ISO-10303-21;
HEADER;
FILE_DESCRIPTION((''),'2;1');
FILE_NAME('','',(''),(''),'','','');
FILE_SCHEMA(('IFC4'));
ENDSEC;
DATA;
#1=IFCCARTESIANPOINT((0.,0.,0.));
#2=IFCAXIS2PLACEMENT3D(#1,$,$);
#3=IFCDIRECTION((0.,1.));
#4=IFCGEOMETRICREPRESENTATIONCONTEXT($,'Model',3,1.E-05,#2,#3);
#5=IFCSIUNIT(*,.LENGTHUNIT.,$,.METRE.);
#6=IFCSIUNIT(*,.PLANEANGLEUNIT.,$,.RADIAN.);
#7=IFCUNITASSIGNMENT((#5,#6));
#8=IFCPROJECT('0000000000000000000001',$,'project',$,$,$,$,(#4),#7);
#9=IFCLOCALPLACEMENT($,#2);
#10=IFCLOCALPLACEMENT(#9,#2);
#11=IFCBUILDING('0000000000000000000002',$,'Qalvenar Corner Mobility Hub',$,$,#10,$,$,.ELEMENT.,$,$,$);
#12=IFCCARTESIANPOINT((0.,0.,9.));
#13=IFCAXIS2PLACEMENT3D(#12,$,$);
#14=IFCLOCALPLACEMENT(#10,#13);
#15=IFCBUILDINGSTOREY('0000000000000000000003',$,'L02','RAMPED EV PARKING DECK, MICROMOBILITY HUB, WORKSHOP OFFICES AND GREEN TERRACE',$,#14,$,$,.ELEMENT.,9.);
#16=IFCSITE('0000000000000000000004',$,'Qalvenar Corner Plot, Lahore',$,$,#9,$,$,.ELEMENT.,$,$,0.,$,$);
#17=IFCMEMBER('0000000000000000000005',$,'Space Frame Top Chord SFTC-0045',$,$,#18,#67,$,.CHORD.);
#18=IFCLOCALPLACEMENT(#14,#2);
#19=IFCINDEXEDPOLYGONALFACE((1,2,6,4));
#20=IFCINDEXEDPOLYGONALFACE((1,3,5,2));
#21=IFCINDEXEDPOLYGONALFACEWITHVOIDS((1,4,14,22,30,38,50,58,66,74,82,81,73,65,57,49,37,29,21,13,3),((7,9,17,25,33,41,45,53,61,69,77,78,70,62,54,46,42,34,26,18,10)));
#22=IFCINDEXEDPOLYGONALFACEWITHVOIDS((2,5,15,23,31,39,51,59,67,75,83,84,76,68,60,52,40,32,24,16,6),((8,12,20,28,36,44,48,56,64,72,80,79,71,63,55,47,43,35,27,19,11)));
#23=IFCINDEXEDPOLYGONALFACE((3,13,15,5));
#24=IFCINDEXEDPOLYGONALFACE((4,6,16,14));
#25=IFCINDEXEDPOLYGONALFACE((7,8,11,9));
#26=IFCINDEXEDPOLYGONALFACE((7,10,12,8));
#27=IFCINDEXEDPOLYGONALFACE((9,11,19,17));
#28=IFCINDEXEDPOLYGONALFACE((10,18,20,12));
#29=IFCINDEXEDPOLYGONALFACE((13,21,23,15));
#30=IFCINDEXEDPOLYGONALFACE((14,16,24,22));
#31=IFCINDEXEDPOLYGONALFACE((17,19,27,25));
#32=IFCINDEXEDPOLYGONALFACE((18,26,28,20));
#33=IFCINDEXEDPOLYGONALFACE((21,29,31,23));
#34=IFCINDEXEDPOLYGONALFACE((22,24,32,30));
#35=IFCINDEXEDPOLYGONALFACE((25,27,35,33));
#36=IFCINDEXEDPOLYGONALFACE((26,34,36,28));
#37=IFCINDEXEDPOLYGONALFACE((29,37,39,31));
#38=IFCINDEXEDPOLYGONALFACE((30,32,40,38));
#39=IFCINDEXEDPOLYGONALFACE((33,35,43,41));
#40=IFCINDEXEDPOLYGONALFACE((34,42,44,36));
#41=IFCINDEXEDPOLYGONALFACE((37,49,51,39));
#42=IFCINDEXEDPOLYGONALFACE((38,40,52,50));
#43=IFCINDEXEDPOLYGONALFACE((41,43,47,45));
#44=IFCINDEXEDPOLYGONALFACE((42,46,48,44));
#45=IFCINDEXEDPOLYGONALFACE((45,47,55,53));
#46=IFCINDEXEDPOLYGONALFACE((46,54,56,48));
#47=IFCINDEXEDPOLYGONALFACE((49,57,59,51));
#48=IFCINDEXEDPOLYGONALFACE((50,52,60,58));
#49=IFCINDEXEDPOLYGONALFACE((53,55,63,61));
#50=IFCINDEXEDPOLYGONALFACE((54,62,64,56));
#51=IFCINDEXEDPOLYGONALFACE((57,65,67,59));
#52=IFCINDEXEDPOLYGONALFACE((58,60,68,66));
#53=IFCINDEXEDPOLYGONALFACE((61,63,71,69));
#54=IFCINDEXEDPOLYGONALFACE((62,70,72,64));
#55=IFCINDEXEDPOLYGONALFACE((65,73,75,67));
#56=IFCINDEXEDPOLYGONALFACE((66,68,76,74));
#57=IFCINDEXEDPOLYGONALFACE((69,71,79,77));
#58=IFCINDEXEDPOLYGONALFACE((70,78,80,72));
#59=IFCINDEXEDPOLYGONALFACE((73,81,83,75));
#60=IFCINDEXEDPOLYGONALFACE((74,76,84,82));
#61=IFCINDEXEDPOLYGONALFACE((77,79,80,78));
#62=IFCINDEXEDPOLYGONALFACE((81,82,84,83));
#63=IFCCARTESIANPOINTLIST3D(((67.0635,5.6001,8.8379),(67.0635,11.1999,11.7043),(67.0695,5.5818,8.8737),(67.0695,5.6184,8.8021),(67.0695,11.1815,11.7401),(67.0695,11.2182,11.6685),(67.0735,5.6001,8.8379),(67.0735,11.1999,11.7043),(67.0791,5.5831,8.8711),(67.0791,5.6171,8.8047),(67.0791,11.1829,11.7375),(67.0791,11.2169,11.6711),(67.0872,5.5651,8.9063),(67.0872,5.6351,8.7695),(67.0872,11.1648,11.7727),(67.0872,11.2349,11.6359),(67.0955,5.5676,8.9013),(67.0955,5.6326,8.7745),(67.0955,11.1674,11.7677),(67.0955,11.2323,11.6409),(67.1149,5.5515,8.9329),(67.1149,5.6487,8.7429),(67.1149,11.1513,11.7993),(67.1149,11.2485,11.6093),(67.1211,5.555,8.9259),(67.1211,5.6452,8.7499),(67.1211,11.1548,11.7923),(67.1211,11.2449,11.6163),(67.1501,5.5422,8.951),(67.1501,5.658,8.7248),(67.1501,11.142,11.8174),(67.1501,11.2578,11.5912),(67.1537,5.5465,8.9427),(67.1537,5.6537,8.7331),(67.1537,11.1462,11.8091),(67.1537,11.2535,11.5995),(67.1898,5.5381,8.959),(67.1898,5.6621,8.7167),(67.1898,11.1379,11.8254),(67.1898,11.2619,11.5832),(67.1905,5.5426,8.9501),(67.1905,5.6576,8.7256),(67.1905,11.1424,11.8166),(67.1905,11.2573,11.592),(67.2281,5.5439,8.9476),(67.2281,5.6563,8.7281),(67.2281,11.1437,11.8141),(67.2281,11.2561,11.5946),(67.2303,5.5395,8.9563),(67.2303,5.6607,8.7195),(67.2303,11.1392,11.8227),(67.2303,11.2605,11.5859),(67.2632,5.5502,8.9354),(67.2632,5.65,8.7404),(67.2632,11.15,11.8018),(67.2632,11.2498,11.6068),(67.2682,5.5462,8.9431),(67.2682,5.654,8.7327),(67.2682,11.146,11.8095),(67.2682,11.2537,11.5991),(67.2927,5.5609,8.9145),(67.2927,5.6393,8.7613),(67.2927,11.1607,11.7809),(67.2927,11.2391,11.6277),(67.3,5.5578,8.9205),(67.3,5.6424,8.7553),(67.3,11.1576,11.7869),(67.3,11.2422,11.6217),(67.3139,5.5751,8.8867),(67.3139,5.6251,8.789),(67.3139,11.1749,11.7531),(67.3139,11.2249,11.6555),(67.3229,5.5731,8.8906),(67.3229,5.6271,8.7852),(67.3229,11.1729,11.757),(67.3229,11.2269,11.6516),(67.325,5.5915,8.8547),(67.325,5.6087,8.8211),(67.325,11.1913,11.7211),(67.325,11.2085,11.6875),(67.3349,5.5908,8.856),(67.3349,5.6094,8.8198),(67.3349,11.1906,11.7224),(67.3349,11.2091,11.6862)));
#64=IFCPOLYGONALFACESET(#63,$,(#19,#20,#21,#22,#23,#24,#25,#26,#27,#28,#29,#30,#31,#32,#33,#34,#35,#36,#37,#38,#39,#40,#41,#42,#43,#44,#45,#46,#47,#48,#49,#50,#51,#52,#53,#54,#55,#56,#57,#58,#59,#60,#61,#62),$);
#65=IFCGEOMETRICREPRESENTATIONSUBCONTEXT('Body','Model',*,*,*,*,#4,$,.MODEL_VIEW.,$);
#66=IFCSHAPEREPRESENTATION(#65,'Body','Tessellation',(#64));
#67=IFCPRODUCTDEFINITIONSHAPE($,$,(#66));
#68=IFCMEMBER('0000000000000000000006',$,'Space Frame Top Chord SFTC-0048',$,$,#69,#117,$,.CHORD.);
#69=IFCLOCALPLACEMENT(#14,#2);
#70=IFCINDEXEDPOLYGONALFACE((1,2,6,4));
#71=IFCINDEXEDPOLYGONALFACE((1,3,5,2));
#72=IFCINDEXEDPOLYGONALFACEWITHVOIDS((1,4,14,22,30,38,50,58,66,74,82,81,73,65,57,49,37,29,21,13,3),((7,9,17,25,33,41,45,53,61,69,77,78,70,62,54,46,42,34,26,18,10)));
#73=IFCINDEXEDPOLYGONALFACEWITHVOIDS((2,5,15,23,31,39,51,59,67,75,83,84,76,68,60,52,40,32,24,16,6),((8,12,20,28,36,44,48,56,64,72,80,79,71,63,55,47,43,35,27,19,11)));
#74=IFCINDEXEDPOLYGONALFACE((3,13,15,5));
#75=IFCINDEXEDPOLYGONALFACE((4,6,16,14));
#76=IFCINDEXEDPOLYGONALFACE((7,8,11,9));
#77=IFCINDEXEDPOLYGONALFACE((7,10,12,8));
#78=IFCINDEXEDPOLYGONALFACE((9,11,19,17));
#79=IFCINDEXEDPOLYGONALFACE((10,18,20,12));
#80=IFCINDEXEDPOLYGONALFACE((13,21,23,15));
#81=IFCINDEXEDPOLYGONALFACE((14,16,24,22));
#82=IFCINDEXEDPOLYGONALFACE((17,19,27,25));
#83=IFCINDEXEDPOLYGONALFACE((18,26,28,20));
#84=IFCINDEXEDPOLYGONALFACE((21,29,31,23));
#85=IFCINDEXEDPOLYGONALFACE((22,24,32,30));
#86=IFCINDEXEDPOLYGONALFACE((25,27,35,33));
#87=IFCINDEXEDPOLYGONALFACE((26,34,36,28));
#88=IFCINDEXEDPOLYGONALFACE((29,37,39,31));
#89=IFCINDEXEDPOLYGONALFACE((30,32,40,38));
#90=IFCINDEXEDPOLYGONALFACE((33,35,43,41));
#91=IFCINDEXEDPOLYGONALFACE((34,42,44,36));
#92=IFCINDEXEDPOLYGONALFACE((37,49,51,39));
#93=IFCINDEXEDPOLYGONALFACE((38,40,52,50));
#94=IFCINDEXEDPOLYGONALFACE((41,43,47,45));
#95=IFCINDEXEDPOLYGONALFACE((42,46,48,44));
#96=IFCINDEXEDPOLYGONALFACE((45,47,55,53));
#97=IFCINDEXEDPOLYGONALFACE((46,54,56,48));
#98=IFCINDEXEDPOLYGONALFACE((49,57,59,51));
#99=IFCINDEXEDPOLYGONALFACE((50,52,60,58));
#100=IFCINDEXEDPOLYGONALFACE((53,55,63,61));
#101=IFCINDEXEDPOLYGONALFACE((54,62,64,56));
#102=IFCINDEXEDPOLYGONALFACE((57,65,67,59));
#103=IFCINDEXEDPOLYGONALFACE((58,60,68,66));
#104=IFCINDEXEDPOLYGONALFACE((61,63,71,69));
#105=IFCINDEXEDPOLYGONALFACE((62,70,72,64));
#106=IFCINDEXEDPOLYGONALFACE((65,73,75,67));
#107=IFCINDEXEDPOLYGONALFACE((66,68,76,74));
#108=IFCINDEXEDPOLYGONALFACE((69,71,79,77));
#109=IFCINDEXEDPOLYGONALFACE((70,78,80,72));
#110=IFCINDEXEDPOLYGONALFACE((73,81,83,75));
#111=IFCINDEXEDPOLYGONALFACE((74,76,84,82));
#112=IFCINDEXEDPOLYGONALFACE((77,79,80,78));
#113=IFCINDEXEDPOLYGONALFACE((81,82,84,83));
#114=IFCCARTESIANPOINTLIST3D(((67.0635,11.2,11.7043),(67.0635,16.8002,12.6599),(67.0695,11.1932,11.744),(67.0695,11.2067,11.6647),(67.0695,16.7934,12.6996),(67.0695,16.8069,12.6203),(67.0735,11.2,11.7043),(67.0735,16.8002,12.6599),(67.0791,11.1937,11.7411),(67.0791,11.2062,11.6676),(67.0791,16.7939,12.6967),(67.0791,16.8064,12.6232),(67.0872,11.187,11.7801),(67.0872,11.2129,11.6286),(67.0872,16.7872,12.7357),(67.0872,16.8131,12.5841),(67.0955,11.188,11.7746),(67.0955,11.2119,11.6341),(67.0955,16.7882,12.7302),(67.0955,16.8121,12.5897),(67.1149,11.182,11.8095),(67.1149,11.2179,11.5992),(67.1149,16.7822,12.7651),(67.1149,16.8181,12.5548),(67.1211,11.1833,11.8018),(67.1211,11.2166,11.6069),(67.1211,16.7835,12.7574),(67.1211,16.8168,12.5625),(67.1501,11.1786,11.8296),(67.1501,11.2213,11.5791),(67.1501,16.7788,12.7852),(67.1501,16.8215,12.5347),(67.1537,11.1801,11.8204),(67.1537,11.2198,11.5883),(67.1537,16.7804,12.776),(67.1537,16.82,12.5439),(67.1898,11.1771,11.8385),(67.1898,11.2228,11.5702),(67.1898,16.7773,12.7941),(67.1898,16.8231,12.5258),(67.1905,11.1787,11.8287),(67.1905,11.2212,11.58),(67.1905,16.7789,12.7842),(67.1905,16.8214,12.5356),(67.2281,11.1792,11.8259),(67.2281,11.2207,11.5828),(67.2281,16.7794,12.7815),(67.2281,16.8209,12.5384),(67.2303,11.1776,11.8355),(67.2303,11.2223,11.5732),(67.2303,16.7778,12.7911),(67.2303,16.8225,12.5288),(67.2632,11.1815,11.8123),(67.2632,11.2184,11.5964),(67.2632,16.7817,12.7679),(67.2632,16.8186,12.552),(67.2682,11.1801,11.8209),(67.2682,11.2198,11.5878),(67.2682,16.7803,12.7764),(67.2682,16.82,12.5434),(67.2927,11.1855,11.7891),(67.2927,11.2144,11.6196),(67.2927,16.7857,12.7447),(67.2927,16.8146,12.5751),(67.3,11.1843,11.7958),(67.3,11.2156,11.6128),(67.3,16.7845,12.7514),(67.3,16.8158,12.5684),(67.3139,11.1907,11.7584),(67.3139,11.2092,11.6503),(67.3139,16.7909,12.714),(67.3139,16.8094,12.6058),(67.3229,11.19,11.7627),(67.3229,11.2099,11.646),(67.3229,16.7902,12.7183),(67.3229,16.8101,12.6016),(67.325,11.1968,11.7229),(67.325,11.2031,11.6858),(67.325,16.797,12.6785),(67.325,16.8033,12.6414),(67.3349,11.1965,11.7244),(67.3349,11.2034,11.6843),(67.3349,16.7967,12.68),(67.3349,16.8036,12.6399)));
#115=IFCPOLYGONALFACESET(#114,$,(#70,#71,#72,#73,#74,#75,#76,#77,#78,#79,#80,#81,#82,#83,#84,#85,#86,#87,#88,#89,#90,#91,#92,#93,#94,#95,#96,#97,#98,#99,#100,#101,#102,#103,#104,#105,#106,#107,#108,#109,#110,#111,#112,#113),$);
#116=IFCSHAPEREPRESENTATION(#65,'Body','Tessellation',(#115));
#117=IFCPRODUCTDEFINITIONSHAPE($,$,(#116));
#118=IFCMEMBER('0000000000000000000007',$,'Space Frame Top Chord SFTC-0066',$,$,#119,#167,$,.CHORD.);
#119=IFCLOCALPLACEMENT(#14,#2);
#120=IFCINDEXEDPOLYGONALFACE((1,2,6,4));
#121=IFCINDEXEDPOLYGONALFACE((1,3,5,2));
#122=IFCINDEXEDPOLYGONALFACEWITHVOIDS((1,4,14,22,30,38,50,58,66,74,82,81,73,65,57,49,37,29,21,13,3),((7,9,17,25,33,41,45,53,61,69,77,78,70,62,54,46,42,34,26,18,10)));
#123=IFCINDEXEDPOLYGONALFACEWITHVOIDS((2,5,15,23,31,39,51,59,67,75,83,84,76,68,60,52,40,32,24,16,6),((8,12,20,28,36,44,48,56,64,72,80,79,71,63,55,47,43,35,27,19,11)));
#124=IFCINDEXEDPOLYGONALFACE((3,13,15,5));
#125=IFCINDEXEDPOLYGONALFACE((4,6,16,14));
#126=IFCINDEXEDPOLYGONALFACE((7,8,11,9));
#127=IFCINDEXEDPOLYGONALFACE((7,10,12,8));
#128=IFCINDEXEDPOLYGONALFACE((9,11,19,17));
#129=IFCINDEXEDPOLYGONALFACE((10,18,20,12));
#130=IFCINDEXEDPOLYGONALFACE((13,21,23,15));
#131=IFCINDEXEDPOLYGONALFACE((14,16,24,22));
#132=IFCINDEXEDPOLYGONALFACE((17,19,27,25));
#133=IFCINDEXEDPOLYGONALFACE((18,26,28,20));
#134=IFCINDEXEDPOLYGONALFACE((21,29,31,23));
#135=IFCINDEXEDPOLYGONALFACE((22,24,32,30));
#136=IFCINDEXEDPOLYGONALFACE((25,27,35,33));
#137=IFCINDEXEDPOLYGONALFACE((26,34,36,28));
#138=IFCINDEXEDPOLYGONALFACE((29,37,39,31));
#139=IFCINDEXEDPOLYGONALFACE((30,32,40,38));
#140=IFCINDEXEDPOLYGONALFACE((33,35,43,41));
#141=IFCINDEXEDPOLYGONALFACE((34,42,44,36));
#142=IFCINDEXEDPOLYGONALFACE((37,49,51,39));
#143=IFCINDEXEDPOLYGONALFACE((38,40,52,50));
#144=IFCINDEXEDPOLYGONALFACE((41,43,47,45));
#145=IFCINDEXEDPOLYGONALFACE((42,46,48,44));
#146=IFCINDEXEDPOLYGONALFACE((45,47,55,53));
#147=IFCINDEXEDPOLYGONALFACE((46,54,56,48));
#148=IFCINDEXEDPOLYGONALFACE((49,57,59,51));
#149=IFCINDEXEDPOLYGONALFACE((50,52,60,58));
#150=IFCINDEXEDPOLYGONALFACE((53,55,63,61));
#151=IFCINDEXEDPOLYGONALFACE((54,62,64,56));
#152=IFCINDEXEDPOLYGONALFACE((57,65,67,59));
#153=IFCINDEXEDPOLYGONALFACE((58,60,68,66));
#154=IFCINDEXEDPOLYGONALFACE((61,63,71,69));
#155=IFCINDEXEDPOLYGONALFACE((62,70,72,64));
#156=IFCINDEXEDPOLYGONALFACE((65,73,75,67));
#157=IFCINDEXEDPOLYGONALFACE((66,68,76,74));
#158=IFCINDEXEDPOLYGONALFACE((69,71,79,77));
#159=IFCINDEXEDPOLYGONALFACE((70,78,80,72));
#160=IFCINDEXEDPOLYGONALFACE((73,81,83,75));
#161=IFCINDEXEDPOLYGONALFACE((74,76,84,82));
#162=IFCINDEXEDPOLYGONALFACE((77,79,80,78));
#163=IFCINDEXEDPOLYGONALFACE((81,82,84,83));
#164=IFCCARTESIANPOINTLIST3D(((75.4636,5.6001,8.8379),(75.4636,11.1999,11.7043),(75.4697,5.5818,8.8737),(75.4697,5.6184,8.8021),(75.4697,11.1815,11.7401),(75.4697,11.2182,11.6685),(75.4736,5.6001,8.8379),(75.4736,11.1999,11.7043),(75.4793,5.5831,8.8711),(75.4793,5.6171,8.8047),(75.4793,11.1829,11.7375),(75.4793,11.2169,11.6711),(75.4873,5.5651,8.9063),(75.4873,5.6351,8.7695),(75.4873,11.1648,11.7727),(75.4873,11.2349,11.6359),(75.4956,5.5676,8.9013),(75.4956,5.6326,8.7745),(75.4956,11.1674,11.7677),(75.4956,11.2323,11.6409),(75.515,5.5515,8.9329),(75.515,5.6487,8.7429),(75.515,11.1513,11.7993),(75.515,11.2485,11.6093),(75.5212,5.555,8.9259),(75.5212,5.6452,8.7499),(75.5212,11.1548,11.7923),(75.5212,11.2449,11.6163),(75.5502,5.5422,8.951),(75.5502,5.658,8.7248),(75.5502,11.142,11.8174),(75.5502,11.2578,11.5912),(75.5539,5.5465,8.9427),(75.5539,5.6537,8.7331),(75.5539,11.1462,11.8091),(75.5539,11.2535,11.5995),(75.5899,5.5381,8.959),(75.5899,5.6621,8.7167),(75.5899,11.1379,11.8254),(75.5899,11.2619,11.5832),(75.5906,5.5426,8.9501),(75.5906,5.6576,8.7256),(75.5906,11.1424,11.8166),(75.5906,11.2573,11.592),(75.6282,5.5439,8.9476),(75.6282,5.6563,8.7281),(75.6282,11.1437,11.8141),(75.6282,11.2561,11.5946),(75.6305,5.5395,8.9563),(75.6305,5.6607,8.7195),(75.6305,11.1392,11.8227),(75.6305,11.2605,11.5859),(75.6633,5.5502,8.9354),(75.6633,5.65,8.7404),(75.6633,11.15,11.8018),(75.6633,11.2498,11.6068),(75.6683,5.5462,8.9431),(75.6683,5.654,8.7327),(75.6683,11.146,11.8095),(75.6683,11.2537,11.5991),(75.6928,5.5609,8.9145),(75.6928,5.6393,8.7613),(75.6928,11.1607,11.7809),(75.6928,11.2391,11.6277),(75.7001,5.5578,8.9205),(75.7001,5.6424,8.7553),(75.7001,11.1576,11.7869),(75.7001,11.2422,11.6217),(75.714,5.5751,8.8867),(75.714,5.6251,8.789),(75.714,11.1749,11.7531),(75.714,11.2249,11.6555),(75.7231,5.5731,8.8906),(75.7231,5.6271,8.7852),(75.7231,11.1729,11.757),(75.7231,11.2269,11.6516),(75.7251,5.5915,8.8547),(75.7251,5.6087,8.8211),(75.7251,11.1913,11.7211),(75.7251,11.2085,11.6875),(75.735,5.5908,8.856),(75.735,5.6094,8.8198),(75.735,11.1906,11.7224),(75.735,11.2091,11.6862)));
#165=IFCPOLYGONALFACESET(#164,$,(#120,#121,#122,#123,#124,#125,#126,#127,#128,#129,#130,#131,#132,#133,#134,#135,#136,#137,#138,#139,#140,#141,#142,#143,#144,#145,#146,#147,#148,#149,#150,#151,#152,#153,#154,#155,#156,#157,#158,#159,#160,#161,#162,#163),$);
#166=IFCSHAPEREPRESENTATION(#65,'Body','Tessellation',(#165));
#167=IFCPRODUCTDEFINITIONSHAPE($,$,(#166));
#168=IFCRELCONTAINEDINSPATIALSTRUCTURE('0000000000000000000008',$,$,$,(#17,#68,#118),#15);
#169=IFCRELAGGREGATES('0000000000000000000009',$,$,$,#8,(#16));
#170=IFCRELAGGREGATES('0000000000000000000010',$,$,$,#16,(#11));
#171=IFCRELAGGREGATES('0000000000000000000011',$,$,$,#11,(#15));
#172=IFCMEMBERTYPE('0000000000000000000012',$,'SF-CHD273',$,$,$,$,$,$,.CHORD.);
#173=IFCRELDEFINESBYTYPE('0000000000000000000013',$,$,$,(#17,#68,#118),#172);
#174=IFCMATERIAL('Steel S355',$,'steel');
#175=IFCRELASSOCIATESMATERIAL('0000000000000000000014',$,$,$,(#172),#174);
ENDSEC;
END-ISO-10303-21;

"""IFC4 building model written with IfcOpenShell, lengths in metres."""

from ifc_helpers import new_model, si_unit, direction, frame, origin, origin_2d, place, context, subcontext, project, spatial, hollow_circle, extrude, material, material_profile, profile_set, type_object, element, save


model = new_model("IFC4")

# Units and contexts
model_context = context("Model", 3, precision=1e-05, world=origin(), true_north=direction((0.0, 1.0)))
body_context = subcontext(model_context, "Body", "Model", "MODEL_VIEW")
ifc_project = project(units=[si_unit("LENGTHUNIT", "METRE"), si_unit("PLANEANGLEUNIT", "RADIAN")], contexts=[model_context])

# Site, building, storey
site_placement = place(None, origin())
site = spatial("IfcSite", under=ifc_project, at=site_placement, Name="Qalvenar Corner Plot, Lahore", CompositionType="ELEMENT", RefElevation=0.0)
building_placement = place(site_placement, origin())
building = spatial("IfcBuilding", under=site, at=building_placement, Name="Qalvenar Corner Mobility Hub", CompositionType="ELEMENT")
storey_placement = place(building_placement, frame((0.0, 0.0, 9.0)))
storey = spatial("IfcBuildingStorey", under=building, at=storey_placement, Name="L02", Description="RAMPED EV PARKING DECK, MICROMOBILITY HUB, WORKSHOP OFFICES AND GREEN TERRACE", CompositionType="ELEMENT", Elevation=9.0)

# Members
ifc_material_1 = material(Name="Steel S355", Category="steel")
ifc_material_profile_1 = material_profile(ifc_material_1, hollow_circle(Radius=0.1365, WallThickness=0.01, at=origin_2d()), Name="CHS273x10")
ifc_profile_set_1 = profile_set([ifc_material_profile_1], Name="Steel S355")
member_type_1 = type_object("IfcMemberType", Name="SF-CHD273", PredefinedType="CHORD", material=ifc_profile_set_1)
member_1_placement = place(storey_placement, frame((67.2, 5.6001, 8.8379), z_axis=(0.0, 0.890157, 0.455654), x_axis=(-1.0, 0.0, 0.0)))
element("IfcMember", 1, at=member_1_placement, inside=storey, type_object=member_type_1, Name="Space Frame Top Chord SFTC-0045", PredefinedType="CHORD", context=body_context, shape_type="SweptSolid", body=[
    extrude(hollow_circle(Radius=0.1365, WallThickness=0.01, at=origin_2d()), origin(), (0.0, 0.0, 1.0), 6.2908),
])
member_2_placement = place(storey_placement, frame((67.2, 11.2, 11.7043), z_axis=(0.0, 0.985752, 0.168203), x_axis=(-1.0, 0.0, 0.0)))
element("IfcMember", 2, at=member_2_placement, inside=storey, type_object=member_type_1, Name="Space Frame Top Chord SFTC-0048", PredefinedType="CHORD", context=body_context, shape_type="SweptSolid", body=[
    extrude(hollow_circle(Radius=0.1365, WallThickness=0.01, at=origin_2d()), origin(), (0.0, 0.0, 1.0), 5.6812),
])
member_3_placement = place(storey_placement, frame((75.6001, 5.6001, 8.8379), z_axis=(0.0, 0.890157, 0.455654), x_axis=(-1.0, 0.0, 0.0)))
element("IfcMember", 3, at=member_3_placement, inside=storey, type_object=member_type_1, Name="Space Frame Top Chord SFTC-0066", PredefinedType="CHORD", context=body_context, shape_type="SweptSolid", body=[
    extrude(hollow_circle(Radius=0.1365, WallThickness=0.01, at=origin_2d()), origin(), (0.0, 0.0, 1.0), 6.2908),
])

save(model, "model.ifc")
